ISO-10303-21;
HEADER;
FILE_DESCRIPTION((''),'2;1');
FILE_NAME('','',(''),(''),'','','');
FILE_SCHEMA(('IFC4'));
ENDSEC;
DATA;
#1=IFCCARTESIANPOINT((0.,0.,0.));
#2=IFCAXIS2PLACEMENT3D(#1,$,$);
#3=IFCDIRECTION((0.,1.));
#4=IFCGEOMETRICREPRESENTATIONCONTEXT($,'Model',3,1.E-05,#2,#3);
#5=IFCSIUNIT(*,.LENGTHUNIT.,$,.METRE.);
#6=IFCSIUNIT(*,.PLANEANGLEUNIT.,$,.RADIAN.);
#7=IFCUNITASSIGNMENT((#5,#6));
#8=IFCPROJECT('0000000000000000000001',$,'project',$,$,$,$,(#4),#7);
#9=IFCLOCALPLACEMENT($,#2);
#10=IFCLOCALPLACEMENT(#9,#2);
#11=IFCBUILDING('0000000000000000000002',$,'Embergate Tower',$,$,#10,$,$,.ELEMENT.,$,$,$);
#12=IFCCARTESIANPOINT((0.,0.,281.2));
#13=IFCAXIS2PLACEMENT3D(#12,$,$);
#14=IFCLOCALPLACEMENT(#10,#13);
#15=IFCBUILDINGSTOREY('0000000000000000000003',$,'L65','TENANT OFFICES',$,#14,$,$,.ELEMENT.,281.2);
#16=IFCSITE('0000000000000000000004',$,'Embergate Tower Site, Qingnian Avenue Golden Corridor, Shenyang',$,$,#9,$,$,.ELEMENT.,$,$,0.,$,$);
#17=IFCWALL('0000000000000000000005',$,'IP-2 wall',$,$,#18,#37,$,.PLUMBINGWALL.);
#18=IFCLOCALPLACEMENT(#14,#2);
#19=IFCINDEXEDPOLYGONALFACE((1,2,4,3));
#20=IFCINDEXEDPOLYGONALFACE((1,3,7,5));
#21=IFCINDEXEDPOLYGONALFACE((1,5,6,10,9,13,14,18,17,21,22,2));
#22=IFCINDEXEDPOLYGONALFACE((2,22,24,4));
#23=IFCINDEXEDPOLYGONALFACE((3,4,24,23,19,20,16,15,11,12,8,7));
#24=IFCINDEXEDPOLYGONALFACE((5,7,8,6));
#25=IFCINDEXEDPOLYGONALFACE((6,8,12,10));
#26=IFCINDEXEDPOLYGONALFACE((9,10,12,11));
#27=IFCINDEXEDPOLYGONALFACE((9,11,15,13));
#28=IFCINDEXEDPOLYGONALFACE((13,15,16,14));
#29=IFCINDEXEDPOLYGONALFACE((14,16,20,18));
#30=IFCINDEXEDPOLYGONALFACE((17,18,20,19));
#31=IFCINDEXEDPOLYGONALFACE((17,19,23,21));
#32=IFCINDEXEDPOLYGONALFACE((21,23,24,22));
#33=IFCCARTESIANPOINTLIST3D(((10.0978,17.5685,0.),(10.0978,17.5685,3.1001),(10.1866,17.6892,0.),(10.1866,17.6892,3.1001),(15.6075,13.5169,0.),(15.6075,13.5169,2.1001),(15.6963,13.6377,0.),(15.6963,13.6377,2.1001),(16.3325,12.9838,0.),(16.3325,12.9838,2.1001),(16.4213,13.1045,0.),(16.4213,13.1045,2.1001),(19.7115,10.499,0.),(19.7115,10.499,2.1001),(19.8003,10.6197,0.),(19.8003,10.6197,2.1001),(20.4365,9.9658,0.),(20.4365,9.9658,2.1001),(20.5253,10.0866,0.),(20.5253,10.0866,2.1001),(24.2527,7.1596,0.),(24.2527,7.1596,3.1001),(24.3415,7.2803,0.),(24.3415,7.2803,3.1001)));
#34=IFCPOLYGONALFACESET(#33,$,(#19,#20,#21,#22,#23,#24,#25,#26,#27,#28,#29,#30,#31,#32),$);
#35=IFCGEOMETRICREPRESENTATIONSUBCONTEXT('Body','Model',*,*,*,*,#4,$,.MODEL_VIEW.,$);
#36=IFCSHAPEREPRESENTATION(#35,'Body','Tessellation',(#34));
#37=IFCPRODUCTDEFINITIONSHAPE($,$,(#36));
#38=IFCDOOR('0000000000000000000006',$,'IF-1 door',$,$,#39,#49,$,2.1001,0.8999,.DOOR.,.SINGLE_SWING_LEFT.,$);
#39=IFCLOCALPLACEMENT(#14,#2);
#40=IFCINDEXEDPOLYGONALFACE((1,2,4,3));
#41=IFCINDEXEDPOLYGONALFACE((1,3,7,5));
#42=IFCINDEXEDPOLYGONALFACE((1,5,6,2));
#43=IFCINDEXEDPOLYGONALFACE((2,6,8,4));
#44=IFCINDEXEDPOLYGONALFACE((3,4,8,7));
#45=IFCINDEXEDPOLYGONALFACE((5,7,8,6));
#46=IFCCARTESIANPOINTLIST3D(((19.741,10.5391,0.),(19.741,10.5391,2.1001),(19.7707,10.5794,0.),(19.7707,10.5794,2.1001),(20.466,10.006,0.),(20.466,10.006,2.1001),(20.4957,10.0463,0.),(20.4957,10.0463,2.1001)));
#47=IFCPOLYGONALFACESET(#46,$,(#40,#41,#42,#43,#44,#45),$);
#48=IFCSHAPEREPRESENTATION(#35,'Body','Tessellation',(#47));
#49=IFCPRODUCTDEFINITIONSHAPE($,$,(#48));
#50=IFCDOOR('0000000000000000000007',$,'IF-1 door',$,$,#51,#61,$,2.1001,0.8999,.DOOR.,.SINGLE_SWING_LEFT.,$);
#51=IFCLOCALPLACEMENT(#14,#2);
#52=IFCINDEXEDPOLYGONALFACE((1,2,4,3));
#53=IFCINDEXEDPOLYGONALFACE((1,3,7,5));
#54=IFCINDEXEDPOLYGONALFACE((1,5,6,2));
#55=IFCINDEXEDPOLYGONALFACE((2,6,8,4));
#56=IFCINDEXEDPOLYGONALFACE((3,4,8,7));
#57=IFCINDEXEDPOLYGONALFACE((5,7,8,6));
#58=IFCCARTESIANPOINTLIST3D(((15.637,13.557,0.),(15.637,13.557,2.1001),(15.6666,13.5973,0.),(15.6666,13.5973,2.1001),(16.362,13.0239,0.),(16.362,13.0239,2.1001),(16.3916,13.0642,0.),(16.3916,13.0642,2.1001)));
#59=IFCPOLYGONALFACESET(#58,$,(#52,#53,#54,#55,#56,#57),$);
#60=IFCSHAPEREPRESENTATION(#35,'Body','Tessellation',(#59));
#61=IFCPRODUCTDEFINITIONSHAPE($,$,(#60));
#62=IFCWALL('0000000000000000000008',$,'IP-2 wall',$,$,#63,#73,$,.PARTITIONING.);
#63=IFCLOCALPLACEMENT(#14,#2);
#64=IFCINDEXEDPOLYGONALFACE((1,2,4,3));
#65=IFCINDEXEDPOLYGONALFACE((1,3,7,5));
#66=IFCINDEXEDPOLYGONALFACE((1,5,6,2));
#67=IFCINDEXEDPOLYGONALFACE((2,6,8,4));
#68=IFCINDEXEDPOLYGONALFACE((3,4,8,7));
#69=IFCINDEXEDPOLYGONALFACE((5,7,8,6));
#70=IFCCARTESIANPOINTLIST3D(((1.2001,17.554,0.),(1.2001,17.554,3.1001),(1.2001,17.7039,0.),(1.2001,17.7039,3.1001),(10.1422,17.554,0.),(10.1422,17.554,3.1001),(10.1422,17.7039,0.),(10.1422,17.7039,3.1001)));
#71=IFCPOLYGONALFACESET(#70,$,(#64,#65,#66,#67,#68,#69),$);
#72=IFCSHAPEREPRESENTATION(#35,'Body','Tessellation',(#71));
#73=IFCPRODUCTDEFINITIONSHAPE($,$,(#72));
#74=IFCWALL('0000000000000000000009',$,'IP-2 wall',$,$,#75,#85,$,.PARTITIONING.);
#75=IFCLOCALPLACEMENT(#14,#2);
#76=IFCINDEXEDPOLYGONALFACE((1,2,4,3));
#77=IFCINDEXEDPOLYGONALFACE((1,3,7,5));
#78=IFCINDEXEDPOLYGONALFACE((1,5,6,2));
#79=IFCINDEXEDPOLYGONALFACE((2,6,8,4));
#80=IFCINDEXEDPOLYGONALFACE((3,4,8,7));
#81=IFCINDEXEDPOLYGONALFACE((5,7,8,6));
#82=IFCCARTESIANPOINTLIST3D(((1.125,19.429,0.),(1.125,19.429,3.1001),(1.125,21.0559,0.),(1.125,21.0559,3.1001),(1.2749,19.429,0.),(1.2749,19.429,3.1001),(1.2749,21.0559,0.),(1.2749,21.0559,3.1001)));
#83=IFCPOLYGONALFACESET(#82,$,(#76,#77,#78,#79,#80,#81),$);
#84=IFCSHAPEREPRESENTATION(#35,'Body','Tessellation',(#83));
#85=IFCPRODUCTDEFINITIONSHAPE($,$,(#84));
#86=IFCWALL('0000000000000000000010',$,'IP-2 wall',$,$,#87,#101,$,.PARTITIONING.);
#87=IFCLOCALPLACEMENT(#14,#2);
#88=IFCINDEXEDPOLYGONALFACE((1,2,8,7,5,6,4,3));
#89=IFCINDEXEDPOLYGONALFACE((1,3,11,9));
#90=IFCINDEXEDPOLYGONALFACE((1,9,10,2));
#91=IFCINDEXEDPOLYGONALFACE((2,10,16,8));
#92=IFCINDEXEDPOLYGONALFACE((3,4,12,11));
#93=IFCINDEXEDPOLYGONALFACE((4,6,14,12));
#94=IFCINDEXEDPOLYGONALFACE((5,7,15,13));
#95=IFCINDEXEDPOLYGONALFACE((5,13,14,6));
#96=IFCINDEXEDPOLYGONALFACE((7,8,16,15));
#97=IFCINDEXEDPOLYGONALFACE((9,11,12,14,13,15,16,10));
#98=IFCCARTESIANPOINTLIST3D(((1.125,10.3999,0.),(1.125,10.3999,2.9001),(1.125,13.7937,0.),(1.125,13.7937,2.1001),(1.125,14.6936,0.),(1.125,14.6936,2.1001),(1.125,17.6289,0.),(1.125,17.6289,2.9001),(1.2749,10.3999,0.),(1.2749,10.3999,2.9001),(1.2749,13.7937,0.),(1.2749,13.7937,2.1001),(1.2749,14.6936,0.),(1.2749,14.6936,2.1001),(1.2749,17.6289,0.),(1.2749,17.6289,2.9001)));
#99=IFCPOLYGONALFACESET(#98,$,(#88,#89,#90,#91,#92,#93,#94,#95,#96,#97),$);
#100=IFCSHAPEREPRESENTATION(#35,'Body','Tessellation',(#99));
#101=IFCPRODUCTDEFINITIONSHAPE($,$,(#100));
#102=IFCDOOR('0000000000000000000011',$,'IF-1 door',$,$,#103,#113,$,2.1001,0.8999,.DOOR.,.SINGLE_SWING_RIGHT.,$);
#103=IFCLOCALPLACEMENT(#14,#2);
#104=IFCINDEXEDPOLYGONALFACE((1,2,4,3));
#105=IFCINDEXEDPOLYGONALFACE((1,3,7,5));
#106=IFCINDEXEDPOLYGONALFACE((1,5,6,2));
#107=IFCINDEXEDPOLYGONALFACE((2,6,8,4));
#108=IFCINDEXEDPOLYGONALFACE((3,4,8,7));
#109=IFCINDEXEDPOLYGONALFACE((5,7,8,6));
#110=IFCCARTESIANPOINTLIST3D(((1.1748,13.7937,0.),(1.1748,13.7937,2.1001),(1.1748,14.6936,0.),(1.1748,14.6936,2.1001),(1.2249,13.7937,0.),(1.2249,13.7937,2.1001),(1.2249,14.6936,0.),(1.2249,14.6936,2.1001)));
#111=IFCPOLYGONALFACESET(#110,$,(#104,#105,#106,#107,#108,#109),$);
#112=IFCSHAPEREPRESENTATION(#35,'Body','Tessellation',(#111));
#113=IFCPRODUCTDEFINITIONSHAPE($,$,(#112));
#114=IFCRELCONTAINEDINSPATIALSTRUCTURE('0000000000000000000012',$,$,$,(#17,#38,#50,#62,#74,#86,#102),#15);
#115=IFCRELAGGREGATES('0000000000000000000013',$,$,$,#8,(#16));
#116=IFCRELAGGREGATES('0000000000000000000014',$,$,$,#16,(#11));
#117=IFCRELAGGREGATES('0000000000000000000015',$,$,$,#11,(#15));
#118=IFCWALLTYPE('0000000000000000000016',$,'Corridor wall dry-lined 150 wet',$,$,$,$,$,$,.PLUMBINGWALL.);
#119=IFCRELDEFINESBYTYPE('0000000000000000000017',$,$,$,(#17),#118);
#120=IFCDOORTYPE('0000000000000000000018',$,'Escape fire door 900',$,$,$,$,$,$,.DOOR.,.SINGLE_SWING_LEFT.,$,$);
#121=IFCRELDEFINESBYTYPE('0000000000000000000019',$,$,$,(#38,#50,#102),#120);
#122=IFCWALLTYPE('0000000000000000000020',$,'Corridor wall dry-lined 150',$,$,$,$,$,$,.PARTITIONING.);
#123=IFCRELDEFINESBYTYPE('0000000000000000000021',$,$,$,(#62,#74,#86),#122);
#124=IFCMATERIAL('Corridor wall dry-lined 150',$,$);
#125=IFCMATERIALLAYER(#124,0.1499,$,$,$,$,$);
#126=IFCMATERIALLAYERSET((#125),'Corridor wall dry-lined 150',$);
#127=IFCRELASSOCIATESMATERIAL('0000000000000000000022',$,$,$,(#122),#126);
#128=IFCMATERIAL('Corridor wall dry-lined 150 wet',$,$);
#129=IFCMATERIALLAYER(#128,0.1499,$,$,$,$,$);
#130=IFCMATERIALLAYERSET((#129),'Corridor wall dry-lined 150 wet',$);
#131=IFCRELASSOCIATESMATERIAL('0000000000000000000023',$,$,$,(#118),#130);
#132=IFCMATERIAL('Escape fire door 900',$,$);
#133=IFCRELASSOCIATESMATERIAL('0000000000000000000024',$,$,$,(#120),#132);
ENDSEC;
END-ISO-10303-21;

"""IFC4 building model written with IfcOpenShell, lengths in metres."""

from ifc_helpers import new_model, si_unit, direction, frame, frame_2d, origin, place, context, subcontext, project, spatial, rectangle, extrude, source, transform, mapped, material, layer, layer_set, type_object, element, fill, save


model = new_model("IFC4")

# Units and contexts
model_context = context("Model", 3, precision=1e-05, world=origin(), true_north=direction((0.0, 1.0)))
body_context = subcontext(model_context, "Body", "Model", "MODEL_VIEW")
ifc_project = project(units=[si_unit("LENGTHUNIT", "METRE"), si_unit("PLANEANGLEUNIT", "RADIAN")], contexts=[model_context])

# Site, building, storey
site_placement = place(None, origin())
site = spatial("IfcSite", under=ifc_project, at=site_placement, Name="Embergate Tower Site, Qingnian Avenue Golden Corridor, Shenyang", CompositionType="ELEMENT", RefElevation=0.0)
building_placement = place(site_placement, origin())
building = spatial("IfcBuilding", under=site, at=building_placement, Name="Embergate Tower", CompositionType="ELEMENT")
storey_placement = place(building_placement, frame((0.0, 0.0, 281.2)))
storey = spatial("IfcBuildingStorey", under=building, at=storey_placement, Name="L65", Description="TENANT OFFICES", CompositionType="ELEMENT", Elevation=281.2)

# Shared definitions
ifc_material_1 = material(Name="Corridor wall dry-lined 150")
ifc_layer_1 = layer(ifc_material_1, 0.1499)
ifc_layer_set_1 = layer_set([ifc_layer_1], Name="Corridor wall dry-lined 150")
wall_type_1 = type_object("IfcWallType", Name="Corridor wall dry-lined 150", PredefinedType="PARTITIONING", material=ifc_layer_set_1)

# Wall, openings, doors
ifc_material_2 = material(Name="Corridor wall dry-lined 150 wet")
ifc_layer_2 = layer(ifc_material_2, 0.1499)
ifc_layer_set_2 = layer_set([ifc_layer_2], Name="Corridor wall dry-lined 150 wet")
wall_type_2 = type_object("IfcWallType", Name="Corridor wall dry-lined 150 wet", PredefinedType="PLUMBINGWALL", material=ifc_layer_set_2)
shared_shape_1 = source(origin(), body_context, "Body", "SweptSolid", [
    extrude(rectangle(XDim=17.5701, YDim=0.1499, at=frame_2d((8.7852, 0.0))), origin(), (0.0, 0.0, 1.0), 3.1001),
])
wall_1_placement = place(storey_placement, frame((10.1421, 17.6289, 0.0), z_axis=(0.0, 0.0, 1.0), x_axis=(0.805629, -0.592421, 0.0)))
wall_1 = element("IfcWall", 1, at=wall_1_placement, inside=storey, type_object=wall_type_2, Name="IP-2 wall", PredefinedType="PLUMBINGWALL", context=body_context, shape_type="MappedRepresentation", body=[
    mapped(shared_shape_1, transform((0.0, 0.0, 0.0))),
])
shared_shape_2 = source(origin(), body_context, "Body", "SweptSolid", [
    extrude(rectangle(XDim=0.8999, YDim=2.1001, at=frame_2d((0.45, 1.05))), frame((0.0, 0.085, 0.0), z_axis=(0.0, -1.0, 0.0), x_axis=(1.0, 0.0, 0.0)), (0.0, 0.0, 1.0), 0.1699),
])
opening_1_placement = place(wall_1_placement, frame((11.9333, 0.0, 0.0)))
opening_1 = element("IfcOpeningElement", 2, at=opening_1_placement, cuts=wall_1, PredefinedType="OPENING", context=body_context, shape_type="MappedRepresentation", body=[
    mapped(shared_shape_2, transform((0.0, 0.0, 0.0))),
])
opening_2_placement = place(wall_1_placement, frame((6.8391, 0.0, 0.0)))
opening_2 = element("IfcOpeningElement", 3, at=opening_2_placement, cuts=wall_1, PredefinedType="OPENING", context=body_context, shape_type="MappedRepresentation", body=[
    mapped(shared_shape_2, transform((0.0, 0.0, 0.0))),
])
ifc_material_3 = material(Name="Escape fire door 900")
door_type_1 = type_object("IfcDoorType", Name="Escape fire door 900", OperationType="SINGLE_SWING_LEFT", PredefinedType="DOOR", material=ifc_material_3)
shared_shape_3 = source(origin(), body_context, "Body", "SweptSolid", [
    extrude(rectangle(XDim=0.8999, YDim=2.1001, at=frame_2d((0.45, 1.05))), frame((0.0, 0.0249, 0.0), z_axis=(0.0, -1.0, 0.0), x_axis=(1.0, 0.0, 0.0)), (0.0, 0.0, 1.0), 0.05),
])
door_1_placement = place(opening_1_placement, origin())
door_1 = element("IfcDoor", 4, at=door_1_placement, inside=storey, type_object=door_type_1, Name="IF-1 door", OperationType="SINGLE_SWING_LEFT", OverallHeight=2.1001, OverallWidth=0.8999, PredefinedType="DOOR", context=body_context, shape_type="MappedRepresentation", body=[
    mapped(shared_shape_3, transform((0.0, 0.0, 0.0))),
])
fill(opening_1, door_1)
door_2_placement = place(opening_2_placement, origin())
door_2 = element("IfcDoor", 5, at=door_2_placement, inside=storey, type_object=door_type_1, Name="IF-1 door", OperationType="SINGLE_SWING_LEFT", OverallHeight=2.1001, OverallWidth=0.8999, PredefinedType="DOOR", context=body_context, shape_type="MappedRepresentation", body=[
    mapped(shared_shape_3, transform((0.0, 0.0, 0.0))),
])
fill(opening_2, door_2)

# Walls
shared_shape_4 = source(origin(), body_context, "Body", "SweptSolid", [
    extrude(rectangle(XDim=8.9421, YDim=0.1499, at=frame_2d((4.4712, 0.0))), origin(), (0.0, 0.0, 1.0), 3.1001),
])
wall_2_placement = place(storey_placement, frame((1.2, 17.6289, 0.0), z_axis=(0.0, 0.0, 1.0), x_axis=(1.0, 0.0, 0.0)))
element("IfcWall", 6, at=wall_2_placement, inside=storey, type_object=wall_type_1, Name="IP-2 wall", PredefinedType="PARTITIONING", context=body_context, shape_type="MappedRepresentation", body=[
    mapped(shared_shape_4, transform((0.0, 0.0, 0.0))),
])
shared_shape_5 = source(origin(), body_context, "Body", "SweptSolid", [
    extrude(rectangle(XDim=1.627, YDim=0.1499, at=frame_2d((0.8135, 0.0))), origin(), (0.0, 0.0, 1.0), 3.1001),
])
wall_3_placement = place(storey_placement, frame((1.2, 19.429, 0.0), z_axis=(0.0, 0.0, 1.0), x_axis=(0.0, 1.0, 0.0)))
element("IfcWall", 7, at=wall_3_placement, inside=storey, type_object=wall_type_1, Name="IP-2 wall", PredefinedType="PARTITIONING", context=body_context, shape_type="MappedRepresentation", body=[
    mapped(shared_shape_5, transform((0.0, 0.0, 0.0))),
])

# Wall, opening, door
shared_shape_6 = source(origin(), body_context, "Body", "SweptSolid", [
    extrude(rectangle(XDim=7.229, YDim=0.1499, at=frame_2d((3.6145, 0.0))), origin(), (0.0, 0.0, 1.0), 2.9001),
])
wall_4_placement = place(storey_placement, frame((1.2, 17.6289, 0.0), z_axis=(0.0, 0.0, 1.0), x_axis=(0.0, -1.0, 0.0)))
wall_4 = element("IfcWall", 8, at=wall_4_placement, inside=storey, type_object=wall_type_1, Name="IP-2 wall", PredefinedType="PARTITIONING", context=body_context, shape_type="MappedRepresentation", body=[
    mapped(shared_shape_6, transform((0.0, 0.0, 0.0))),
])
opening_3_placement = place(wall_4_placement, frame((2.9353, 0.0, 0.0)))
opening_3 = element("IfcOpeningElement", 9, at=opening_3_placement, cuts=wall_4, PredefinedType="OPENING", context=body_context, shape_type="MappedRepresentation", body=[
    mapped(shared_shape_2, transform((0.0, 0.0, 0.0))),
])
door_3_placement = place(opening_3_placement, origin())
door_3 = element("IfcDoor", 10, at=door_3_placement, inside=storey, type_object=door_type_1, Name="IF-1 door", OperationType="SINGLE_SWING_RIGHT", OverallHeight=2.1001, OverallWidth=0.8999, PredefinedType="DOOR", context=body_context, shape_type="MappedRepresentation", body=[
    mapped(shared_shape_3, transform((0.0, 0.0, 0.0))),
])
fill(opening_3, door_3)

save(model, "model.ifc")
